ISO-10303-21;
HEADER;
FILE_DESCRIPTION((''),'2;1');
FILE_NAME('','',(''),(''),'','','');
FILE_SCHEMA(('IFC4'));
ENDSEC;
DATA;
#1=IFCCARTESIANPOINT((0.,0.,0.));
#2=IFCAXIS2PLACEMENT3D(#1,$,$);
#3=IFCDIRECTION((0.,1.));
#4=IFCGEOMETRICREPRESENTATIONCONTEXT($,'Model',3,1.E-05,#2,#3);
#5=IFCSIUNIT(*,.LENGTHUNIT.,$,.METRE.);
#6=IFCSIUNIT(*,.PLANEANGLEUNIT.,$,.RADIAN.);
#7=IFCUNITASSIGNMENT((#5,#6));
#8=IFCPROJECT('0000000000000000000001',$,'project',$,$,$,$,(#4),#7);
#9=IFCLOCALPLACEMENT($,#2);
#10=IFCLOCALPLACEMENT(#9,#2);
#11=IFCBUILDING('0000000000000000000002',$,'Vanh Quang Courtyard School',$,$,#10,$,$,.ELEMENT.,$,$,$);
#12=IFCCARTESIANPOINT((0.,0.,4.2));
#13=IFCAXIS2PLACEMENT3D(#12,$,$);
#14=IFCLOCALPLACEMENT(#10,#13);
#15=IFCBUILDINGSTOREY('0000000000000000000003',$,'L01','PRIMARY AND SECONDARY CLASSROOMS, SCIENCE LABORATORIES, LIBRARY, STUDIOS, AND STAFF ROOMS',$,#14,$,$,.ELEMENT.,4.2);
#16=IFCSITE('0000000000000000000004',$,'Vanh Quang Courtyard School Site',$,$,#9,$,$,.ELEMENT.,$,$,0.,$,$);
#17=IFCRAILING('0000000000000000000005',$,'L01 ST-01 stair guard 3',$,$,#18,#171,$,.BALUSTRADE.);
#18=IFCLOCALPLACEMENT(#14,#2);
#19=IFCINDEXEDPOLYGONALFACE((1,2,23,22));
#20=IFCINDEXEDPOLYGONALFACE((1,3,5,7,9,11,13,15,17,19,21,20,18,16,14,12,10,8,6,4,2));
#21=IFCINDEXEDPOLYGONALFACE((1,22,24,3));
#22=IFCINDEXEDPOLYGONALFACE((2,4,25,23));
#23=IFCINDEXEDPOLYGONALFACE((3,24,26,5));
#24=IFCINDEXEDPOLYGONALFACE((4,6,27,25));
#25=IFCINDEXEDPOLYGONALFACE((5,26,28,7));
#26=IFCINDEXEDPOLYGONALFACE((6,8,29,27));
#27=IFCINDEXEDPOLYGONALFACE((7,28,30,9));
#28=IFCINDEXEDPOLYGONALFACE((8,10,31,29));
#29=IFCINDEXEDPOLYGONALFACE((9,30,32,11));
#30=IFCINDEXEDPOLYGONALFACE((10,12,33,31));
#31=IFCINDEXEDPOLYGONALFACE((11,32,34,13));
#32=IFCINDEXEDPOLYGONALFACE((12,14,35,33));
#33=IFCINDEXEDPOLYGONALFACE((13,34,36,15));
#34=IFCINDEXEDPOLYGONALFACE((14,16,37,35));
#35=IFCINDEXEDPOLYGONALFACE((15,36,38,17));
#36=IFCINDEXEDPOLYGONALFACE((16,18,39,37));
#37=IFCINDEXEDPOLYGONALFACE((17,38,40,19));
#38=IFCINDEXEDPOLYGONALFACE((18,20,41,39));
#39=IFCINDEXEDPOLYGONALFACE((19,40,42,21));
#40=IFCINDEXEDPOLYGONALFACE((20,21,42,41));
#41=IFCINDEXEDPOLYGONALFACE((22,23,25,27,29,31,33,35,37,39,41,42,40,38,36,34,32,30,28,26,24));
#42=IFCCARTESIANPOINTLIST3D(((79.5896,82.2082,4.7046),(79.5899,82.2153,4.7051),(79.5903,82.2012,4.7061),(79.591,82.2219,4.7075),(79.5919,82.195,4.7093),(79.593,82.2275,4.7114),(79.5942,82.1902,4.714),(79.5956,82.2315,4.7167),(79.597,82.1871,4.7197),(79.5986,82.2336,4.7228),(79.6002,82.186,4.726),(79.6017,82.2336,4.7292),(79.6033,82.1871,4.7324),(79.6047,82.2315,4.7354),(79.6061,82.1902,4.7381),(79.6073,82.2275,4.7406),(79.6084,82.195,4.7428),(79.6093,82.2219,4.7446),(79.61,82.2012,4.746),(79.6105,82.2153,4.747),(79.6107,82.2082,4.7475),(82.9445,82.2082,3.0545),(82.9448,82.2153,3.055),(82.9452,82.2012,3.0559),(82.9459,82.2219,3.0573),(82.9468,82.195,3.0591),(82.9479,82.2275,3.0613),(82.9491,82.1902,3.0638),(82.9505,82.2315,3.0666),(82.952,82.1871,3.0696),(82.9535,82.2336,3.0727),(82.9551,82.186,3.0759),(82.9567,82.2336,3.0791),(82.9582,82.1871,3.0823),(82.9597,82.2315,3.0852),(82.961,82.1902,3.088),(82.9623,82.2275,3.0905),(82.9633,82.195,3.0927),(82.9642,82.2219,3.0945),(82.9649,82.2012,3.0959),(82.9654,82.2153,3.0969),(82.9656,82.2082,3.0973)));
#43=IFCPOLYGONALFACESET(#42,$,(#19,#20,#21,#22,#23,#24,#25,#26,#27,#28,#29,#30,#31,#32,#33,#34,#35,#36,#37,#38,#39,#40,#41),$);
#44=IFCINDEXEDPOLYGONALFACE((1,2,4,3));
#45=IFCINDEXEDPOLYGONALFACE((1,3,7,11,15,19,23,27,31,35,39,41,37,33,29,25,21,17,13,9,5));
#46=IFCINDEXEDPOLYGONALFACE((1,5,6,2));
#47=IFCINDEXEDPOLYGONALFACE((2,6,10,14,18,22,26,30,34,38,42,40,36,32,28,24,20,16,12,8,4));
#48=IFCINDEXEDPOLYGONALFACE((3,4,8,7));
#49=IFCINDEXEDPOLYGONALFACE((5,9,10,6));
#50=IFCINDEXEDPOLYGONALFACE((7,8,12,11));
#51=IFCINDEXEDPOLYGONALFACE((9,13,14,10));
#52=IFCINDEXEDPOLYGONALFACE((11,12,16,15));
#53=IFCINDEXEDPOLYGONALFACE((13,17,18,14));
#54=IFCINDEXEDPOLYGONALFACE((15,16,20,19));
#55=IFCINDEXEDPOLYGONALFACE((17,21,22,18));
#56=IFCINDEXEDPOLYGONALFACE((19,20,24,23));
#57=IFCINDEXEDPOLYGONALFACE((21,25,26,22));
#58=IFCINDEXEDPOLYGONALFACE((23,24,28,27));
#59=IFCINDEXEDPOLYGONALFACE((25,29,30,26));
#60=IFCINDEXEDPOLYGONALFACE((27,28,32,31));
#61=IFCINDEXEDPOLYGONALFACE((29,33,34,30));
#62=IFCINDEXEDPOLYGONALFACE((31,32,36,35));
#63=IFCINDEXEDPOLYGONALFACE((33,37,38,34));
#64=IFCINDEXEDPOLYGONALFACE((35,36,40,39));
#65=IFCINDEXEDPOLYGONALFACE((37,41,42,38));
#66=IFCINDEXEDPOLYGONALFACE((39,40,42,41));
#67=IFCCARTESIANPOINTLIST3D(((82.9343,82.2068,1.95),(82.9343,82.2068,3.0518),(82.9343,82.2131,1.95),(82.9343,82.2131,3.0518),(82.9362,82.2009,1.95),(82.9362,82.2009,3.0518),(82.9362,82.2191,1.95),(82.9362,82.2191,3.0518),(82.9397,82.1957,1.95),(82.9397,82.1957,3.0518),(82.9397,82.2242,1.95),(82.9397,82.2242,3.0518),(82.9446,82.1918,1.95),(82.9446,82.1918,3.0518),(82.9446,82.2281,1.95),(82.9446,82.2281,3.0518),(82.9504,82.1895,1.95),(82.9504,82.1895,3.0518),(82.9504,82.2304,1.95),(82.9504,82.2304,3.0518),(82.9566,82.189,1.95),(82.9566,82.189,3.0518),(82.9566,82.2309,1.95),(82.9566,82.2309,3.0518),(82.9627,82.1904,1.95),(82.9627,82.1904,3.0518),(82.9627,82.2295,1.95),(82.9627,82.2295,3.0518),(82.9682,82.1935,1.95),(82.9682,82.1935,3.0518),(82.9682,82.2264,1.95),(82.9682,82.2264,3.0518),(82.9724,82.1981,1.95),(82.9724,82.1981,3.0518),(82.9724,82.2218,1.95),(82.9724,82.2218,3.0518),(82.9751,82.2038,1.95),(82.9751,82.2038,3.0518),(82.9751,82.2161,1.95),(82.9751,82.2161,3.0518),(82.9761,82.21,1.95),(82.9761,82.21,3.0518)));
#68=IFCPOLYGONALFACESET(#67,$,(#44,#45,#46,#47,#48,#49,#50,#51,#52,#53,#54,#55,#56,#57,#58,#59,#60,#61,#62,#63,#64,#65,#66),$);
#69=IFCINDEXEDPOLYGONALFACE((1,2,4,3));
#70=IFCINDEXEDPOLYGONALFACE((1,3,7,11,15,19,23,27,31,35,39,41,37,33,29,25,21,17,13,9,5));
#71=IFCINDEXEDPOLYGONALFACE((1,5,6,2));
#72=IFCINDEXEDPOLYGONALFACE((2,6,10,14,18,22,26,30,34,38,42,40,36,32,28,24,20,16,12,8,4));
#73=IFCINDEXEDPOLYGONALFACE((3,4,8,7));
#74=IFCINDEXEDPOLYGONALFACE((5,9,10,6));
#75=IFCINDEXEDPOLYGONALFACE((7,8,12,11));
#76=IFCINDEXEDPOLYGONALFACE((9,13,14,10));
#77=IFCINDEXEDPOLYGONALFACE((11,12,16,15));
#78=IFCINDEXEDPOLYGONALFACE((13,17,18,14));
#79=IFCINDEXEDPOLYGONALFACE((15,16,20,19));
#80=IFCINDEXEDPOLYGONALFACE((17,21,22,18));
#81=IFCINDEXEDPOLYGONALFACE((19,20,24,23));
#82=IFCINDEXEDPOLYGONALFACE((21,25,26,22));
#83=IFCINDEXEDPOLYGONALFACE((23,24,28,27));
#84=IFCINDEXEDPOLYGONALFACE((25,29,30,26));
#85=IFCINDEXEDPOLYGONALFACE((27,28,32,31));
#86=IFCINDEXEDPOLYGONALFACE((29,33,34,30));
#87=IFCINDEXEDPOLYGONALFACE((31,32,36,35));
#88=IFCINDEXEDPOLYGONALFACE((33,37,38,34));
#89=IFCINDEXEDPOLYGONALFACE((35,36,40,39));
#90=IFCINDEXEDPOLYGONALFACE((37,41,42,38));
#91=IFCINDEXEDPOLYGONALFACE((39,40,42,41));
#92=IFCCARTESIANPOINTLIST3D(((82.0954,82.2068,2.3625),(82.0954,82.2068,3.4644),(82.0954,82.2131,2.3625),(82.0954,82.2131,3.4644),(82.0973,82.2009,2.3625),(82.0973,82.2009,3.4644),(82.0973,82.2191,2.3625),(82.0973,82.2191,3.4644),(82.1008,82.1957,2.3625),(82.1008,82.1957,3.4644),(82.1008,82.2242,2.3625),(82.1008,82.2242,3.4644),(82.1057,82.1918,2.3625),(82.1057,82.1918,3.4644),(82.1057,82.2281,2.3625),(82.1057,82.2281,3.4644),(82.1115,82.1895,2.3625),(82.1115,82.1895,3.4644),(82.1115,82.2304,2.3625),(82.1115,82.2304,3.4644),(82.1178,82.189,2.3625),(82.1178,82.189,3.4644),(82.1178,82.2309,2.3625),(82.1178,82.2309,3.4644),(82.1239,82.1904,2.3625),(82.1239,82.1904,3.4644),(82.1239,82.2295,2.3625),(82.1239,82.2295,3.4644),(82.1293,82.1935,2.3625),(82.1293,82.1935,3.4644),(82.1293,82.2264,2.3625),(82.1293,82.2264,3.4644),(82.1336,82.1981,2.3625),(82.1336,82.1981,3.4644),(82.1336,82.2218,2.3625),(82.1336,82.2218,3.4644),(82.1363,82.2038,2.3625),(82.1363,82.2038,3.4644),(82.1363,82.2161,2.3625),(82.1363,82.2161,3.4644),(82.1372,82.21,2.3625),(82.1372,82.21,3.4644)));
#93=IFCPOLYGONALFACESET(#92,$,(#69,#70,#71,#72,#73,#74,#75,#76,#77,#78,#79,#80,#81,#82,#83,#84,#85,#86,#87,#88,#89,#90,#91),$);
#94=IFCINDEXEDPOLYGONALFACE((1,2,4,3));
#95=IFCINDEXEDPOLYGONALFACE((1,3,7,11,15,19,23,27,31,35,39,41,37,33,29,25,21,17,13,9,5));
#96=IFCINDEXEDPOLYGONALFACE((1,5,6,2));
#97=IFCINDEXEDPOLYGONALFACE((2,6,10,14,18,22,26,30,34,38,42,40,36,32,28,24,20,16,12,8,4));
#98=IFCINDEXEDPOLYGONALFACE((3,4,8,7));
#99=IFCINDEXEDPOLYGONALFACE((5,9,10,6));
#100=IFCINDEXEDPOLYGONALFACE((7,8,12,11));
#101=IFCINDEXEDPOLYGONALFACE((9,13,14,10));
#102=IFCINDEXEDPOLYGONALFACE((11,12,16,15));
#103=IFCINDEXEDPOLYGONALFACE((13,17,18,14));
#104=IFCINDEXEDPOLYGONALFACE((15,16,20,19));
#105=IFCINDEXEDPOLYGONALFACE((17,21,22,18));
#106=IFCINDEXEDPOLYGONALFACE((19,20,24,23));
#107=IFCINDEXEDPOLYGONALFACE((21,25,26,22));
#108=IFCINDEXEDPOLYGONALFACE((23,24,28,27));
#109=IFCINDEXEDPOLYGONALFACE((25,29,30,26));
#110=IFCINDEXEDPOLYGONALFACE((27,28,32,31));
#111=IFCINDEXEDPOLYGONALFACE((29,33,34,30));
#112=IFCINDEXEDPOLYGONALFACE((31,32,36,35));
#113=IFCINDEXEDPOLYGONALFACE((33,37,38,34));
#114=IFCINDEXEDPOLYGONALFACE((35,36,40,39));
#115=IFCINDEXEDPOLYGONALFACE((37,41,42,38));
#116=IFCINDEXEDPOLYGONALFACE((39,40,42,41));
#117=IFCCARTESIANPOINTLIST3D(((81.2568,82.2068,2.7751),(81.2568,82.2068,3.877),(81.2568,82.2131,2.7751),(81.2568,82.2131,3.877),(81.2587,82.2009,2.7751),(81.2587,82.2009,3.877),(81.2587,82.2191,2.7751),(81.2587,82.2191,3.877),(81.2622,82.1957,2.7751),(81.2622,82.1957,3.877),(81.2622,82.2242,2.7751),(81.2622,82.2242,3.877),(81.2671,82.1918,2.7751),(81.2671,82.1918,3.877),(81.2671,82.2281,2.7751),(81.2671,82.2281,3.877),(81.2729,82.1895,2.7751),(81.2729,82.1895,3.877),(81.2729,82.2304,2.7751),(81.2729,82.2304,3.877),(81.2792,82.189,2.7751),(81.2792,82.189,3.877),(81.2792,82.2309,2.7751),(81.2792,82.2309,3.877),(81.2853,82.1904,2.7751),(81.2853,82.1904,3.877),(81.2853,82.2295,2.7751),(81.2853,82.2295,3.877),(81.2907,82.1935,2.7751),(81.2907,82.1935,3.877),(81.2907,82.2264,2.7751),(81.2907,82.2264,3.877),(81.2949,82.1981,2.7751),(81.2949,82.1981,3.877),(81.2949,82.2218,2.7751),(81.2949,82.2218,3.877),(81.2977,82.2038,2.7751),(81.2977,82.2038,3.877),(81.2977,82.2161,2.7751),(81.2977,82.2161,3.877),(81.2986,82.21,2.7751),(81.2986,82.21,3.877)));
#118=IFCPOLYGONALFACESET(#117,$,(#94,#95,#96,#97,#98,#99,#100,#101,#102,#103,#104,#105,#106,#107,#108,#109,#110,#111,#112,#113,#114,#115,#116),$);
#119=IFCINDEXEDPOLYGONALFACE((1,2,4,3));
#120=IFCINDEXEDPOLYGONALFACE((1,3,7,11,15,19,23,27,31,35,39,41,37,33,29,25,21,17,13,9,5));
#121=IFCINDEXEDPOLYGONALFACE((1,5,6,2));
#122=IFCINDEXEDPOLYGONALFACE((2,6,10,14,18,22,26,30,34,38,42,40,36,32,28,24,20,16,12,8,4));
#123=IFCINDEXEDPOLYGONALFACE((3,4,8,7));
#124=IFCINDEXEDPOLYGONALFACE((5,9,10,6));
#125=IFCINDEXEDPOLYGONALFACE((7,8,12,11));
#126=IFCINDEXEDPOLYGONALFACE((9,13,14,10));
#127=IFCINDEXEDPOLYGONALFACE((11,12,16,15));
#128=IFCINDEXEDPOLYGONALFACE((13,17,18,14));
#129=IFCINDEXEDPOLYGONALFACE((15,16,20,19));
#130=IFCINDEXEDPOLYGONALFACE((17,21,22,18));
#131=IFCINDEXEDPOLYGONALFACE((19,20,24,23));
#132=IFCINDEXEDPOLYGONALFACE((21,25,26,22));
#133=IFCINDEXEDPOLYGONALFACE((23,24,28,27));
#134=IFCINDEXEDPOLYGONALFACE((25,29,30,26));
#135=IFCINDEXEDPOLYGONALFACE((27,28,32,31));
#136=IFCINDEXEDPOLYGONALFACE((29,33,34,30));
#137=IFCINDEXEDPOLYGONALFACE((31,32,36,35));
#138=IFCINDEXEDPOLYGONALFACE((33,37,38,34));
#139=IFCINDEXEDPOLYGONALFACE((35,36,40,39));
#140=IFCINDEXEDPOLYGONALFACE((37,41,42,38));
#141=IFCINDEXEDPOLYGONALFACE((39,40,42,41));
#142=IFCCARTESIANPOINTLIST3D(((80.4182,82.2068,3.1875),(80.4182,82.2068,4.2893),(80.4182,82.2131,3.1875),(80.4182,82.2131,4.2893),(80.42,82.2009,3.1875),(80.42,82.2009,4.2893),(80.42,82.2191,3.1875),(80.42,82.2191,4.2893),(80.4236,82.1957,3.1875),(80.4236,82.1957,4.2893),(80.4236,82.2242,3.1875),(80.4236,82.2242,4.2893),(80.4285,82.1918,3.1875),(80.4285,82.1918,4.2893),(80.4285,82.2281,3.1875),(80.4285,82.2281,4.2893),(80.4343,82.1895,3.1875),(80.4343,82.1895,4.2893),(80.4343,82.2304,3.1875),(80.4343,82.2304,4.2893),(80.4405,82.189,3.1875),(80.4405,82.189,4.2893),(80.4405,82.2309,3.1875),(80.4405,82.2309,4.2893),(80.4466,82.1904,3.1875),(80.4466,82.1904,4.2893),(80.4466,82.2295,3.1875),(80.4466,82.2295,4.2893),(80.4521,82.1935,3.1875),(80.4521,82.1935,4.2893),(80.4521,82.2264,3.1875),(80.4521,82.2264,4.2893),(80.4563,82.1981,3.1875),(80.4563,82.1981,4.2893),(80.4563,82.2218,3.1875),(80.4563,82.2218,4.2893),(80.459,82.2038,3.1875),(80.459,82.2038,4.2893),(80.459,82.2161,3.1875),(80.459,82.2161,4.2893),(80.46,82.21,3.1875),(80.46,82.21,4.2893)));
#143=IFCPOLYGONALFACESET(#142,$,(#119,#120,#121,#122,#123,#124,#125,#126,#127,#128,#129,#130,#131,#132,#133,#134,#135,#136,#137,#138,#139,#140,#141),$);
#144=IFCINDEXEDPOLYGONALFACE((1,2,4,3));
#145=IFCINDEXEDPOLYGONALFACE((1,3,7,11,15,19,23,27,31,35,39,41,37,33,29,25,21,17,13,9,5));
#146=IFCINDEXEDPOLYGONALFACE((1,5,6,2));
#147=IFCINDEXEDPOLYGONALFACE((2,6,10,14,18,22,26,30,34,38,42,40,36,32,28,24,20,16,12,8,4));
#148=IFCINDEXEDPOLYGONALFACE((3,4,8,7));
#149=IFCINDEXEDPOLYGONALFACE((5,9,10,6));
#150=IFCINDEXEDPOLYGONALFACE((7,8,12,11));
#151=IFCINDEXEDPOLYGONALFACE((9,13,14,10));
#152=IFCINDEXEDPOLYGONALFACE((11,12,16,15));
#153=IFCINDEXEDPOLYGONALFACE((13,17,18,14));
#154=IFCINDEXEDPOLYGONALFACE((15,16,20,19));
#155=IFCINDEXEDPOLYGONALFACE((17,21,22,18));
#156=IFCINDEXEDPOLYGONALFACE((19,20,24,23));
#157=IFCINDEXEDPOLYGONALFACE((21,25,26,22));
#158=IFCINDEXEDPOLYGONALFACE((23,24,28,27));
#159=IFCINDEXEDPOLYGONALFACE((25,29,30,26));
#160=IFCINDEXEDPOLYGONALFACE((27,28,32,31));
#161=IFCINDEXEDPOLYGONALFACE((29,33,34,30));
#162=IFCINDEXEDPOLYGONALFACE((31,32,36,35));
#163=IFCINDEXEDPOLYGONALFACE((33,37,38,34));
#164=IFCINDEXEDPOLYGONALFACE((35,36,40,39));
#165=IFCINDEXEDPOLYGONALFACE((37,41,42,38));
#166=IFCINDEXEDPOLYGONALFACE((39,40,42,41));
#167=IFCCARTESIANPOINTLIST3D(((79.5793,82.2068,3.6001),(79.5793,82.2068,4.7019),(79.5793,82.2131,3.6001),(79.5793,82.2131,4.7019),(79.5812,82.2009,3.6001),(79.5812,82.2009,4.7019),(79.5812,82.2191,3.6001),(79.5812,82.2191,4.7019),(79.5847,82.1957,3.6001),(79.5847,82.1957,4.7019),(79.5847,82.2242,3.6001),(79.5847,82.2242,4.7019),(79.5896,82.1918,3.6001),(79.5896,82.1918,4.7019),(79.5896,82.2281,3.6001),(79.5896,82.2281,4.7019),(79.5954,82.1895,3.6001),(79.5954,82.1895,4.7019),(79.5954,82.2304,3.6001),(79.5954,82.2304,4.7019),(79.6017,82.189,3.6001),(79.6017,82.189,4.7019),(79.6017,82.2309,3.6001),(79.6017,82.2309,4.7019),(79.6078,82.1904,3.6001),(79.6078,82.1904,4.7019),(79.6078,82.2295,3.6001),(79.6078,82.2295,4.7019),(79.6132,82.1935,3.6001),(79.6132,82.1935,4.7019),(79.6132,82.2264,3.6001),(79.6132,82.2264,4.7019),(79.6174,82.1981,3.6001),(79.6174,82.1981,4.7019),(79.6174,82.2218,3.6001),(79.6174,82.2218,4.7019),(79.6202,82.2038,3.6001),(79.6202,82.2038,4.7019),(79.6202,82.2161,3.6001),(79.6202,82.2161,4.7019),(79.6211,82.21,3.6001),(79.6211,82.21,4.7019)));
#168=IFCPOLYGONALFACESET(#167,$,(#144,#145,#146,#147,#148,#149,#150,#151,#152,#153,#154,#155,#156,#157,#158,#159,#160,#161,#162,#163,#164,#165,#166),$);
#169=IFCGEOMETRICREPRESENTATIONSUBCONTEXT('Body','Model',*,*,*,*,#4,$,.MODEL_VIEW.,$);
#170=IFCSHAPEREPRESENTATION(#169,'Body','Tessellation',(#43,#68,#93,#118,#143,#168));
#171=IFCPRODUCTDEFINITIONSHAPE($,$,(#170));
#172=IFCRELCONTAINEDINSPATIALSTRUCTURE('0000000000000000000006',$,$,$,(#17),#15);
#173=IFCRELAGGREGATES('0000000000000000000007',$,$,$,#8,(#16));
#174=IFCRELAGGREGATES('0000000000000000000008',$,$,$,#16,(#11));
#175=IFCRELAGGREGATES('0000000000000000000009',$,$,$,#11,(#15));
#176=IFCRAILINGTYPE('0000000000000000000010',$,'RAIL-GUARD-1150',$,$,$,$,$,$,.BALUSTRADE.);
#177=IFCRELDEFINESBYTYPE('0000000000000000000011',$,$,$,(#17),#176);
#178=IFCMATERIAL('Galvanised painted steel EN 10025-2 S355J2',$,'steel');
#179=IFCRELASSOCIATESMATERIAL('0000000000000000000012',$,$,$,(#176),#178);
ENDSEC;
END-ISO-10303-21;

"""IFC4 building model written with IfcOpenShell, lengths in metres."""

from ifc_helpers import new_model, si_unit, direction, frame, origin, origin_2d, place, context, subcontext, project, spatial, circle, extrude, material, type_object, element, save


model = new_model("IFC4")

# Units and contexts
model_context = context("Model", 3, precision=1e-05, world=origin(), true_north=direction((0.0, 1.0)))
body_context = subcontext(model_context, "Body", "Model", "MODEL_VIEW")
ifc_project = project(units=[si_unit("LENGTHUNIT", "METRE"), si_unit("PLANEANGLEUNIT", "RADIAN")], contexts=[model_context])

# Site, building, storey
site_placement = place(None, origin())
site = spatial("IfcSite", under=ifc_project, at=site_placement, Name="Vanh Quang Courtyard School Site", CompositionType="ELEMENT", RefElevation=0.0)
building_placement = place(site_placement, origin())
building = spatial("IfcBuilding", under=site, at=building_placement, Name="Vanh Quang Courtyard School", CompositionType="ELEMENT")
storey_placement = place(building_placement, frame((0.0, 0.0, 4.2)))
storey = spatial("IfcBuildingStorey", under=building, at=storey_placement, Name="L01", Description="PRIMARY AND SECONDARY CLASSROOMS, SCIENCE LABORATORIES, LIBRARY, STUDIOS, AND STAFF ROOMS", CompositionType="ELEMENT", Elevation=4.2)

# Railing
ifc_material_1 = material(Name="Galvanised painted steel EN 10025-2 S355J2", Category="steel")
railing_type_1 = type_object("IfcRailingType", Name="RAIL-GUARD-1150", PredefinedType="BALUSTRADE", material=ifc_material_1)
railing_1_placement = place(storey_placement, frame((82.9551, 82.21, 1.95)))
element("IfcRailing", 1, at=railing_1_placement, inside=storey, type_object=railing_type_1, Name="L01 ST-01 stair guard 3", PredefinedType="BALUSTRADE", context=body_context, shape_type="SweptSolid", body=[
    extrude(circle(Radius=0.0239, at=origin_2d()), frame((0.0, 0.0, 1.126), z_axis=(-0.897333, 0.0, 0.441353), x_axis=(0.0, -1.0, 0.0)), (0.0, 0.0, 1.0), 3.7388),
    extrude(circle(Radius=0.021, at=origin_2d()), origin(), (0.0, 0.0, 1.0), 1.1018),
    extrude(circle(Radius=0.021, at=origin_2d()), frame((-0.8389, 0.0, 0.4126)), (0.0, 0.0, 1.0), 1.1018),
    extrude(circle(Radius=0.021, at=origin_2d()), frame((-1.6775, 0.0, 0.8252)), (0.0, 0.0, 1.0), 1.1018),
    extrude(circle(Radius=0.021, at=origin_2d()), frame((-2.5161, 0.0, 1.2375)), (0.0, 0.0, 1.0), 1.1018),
    extrude(circle(Radius=0.021, at=origin_2d()), frame((-3.355, 0.0, 1.6501)), (0.0, 0.0, 1.0), 1.1018),
])

save(model, "model.ifc")
